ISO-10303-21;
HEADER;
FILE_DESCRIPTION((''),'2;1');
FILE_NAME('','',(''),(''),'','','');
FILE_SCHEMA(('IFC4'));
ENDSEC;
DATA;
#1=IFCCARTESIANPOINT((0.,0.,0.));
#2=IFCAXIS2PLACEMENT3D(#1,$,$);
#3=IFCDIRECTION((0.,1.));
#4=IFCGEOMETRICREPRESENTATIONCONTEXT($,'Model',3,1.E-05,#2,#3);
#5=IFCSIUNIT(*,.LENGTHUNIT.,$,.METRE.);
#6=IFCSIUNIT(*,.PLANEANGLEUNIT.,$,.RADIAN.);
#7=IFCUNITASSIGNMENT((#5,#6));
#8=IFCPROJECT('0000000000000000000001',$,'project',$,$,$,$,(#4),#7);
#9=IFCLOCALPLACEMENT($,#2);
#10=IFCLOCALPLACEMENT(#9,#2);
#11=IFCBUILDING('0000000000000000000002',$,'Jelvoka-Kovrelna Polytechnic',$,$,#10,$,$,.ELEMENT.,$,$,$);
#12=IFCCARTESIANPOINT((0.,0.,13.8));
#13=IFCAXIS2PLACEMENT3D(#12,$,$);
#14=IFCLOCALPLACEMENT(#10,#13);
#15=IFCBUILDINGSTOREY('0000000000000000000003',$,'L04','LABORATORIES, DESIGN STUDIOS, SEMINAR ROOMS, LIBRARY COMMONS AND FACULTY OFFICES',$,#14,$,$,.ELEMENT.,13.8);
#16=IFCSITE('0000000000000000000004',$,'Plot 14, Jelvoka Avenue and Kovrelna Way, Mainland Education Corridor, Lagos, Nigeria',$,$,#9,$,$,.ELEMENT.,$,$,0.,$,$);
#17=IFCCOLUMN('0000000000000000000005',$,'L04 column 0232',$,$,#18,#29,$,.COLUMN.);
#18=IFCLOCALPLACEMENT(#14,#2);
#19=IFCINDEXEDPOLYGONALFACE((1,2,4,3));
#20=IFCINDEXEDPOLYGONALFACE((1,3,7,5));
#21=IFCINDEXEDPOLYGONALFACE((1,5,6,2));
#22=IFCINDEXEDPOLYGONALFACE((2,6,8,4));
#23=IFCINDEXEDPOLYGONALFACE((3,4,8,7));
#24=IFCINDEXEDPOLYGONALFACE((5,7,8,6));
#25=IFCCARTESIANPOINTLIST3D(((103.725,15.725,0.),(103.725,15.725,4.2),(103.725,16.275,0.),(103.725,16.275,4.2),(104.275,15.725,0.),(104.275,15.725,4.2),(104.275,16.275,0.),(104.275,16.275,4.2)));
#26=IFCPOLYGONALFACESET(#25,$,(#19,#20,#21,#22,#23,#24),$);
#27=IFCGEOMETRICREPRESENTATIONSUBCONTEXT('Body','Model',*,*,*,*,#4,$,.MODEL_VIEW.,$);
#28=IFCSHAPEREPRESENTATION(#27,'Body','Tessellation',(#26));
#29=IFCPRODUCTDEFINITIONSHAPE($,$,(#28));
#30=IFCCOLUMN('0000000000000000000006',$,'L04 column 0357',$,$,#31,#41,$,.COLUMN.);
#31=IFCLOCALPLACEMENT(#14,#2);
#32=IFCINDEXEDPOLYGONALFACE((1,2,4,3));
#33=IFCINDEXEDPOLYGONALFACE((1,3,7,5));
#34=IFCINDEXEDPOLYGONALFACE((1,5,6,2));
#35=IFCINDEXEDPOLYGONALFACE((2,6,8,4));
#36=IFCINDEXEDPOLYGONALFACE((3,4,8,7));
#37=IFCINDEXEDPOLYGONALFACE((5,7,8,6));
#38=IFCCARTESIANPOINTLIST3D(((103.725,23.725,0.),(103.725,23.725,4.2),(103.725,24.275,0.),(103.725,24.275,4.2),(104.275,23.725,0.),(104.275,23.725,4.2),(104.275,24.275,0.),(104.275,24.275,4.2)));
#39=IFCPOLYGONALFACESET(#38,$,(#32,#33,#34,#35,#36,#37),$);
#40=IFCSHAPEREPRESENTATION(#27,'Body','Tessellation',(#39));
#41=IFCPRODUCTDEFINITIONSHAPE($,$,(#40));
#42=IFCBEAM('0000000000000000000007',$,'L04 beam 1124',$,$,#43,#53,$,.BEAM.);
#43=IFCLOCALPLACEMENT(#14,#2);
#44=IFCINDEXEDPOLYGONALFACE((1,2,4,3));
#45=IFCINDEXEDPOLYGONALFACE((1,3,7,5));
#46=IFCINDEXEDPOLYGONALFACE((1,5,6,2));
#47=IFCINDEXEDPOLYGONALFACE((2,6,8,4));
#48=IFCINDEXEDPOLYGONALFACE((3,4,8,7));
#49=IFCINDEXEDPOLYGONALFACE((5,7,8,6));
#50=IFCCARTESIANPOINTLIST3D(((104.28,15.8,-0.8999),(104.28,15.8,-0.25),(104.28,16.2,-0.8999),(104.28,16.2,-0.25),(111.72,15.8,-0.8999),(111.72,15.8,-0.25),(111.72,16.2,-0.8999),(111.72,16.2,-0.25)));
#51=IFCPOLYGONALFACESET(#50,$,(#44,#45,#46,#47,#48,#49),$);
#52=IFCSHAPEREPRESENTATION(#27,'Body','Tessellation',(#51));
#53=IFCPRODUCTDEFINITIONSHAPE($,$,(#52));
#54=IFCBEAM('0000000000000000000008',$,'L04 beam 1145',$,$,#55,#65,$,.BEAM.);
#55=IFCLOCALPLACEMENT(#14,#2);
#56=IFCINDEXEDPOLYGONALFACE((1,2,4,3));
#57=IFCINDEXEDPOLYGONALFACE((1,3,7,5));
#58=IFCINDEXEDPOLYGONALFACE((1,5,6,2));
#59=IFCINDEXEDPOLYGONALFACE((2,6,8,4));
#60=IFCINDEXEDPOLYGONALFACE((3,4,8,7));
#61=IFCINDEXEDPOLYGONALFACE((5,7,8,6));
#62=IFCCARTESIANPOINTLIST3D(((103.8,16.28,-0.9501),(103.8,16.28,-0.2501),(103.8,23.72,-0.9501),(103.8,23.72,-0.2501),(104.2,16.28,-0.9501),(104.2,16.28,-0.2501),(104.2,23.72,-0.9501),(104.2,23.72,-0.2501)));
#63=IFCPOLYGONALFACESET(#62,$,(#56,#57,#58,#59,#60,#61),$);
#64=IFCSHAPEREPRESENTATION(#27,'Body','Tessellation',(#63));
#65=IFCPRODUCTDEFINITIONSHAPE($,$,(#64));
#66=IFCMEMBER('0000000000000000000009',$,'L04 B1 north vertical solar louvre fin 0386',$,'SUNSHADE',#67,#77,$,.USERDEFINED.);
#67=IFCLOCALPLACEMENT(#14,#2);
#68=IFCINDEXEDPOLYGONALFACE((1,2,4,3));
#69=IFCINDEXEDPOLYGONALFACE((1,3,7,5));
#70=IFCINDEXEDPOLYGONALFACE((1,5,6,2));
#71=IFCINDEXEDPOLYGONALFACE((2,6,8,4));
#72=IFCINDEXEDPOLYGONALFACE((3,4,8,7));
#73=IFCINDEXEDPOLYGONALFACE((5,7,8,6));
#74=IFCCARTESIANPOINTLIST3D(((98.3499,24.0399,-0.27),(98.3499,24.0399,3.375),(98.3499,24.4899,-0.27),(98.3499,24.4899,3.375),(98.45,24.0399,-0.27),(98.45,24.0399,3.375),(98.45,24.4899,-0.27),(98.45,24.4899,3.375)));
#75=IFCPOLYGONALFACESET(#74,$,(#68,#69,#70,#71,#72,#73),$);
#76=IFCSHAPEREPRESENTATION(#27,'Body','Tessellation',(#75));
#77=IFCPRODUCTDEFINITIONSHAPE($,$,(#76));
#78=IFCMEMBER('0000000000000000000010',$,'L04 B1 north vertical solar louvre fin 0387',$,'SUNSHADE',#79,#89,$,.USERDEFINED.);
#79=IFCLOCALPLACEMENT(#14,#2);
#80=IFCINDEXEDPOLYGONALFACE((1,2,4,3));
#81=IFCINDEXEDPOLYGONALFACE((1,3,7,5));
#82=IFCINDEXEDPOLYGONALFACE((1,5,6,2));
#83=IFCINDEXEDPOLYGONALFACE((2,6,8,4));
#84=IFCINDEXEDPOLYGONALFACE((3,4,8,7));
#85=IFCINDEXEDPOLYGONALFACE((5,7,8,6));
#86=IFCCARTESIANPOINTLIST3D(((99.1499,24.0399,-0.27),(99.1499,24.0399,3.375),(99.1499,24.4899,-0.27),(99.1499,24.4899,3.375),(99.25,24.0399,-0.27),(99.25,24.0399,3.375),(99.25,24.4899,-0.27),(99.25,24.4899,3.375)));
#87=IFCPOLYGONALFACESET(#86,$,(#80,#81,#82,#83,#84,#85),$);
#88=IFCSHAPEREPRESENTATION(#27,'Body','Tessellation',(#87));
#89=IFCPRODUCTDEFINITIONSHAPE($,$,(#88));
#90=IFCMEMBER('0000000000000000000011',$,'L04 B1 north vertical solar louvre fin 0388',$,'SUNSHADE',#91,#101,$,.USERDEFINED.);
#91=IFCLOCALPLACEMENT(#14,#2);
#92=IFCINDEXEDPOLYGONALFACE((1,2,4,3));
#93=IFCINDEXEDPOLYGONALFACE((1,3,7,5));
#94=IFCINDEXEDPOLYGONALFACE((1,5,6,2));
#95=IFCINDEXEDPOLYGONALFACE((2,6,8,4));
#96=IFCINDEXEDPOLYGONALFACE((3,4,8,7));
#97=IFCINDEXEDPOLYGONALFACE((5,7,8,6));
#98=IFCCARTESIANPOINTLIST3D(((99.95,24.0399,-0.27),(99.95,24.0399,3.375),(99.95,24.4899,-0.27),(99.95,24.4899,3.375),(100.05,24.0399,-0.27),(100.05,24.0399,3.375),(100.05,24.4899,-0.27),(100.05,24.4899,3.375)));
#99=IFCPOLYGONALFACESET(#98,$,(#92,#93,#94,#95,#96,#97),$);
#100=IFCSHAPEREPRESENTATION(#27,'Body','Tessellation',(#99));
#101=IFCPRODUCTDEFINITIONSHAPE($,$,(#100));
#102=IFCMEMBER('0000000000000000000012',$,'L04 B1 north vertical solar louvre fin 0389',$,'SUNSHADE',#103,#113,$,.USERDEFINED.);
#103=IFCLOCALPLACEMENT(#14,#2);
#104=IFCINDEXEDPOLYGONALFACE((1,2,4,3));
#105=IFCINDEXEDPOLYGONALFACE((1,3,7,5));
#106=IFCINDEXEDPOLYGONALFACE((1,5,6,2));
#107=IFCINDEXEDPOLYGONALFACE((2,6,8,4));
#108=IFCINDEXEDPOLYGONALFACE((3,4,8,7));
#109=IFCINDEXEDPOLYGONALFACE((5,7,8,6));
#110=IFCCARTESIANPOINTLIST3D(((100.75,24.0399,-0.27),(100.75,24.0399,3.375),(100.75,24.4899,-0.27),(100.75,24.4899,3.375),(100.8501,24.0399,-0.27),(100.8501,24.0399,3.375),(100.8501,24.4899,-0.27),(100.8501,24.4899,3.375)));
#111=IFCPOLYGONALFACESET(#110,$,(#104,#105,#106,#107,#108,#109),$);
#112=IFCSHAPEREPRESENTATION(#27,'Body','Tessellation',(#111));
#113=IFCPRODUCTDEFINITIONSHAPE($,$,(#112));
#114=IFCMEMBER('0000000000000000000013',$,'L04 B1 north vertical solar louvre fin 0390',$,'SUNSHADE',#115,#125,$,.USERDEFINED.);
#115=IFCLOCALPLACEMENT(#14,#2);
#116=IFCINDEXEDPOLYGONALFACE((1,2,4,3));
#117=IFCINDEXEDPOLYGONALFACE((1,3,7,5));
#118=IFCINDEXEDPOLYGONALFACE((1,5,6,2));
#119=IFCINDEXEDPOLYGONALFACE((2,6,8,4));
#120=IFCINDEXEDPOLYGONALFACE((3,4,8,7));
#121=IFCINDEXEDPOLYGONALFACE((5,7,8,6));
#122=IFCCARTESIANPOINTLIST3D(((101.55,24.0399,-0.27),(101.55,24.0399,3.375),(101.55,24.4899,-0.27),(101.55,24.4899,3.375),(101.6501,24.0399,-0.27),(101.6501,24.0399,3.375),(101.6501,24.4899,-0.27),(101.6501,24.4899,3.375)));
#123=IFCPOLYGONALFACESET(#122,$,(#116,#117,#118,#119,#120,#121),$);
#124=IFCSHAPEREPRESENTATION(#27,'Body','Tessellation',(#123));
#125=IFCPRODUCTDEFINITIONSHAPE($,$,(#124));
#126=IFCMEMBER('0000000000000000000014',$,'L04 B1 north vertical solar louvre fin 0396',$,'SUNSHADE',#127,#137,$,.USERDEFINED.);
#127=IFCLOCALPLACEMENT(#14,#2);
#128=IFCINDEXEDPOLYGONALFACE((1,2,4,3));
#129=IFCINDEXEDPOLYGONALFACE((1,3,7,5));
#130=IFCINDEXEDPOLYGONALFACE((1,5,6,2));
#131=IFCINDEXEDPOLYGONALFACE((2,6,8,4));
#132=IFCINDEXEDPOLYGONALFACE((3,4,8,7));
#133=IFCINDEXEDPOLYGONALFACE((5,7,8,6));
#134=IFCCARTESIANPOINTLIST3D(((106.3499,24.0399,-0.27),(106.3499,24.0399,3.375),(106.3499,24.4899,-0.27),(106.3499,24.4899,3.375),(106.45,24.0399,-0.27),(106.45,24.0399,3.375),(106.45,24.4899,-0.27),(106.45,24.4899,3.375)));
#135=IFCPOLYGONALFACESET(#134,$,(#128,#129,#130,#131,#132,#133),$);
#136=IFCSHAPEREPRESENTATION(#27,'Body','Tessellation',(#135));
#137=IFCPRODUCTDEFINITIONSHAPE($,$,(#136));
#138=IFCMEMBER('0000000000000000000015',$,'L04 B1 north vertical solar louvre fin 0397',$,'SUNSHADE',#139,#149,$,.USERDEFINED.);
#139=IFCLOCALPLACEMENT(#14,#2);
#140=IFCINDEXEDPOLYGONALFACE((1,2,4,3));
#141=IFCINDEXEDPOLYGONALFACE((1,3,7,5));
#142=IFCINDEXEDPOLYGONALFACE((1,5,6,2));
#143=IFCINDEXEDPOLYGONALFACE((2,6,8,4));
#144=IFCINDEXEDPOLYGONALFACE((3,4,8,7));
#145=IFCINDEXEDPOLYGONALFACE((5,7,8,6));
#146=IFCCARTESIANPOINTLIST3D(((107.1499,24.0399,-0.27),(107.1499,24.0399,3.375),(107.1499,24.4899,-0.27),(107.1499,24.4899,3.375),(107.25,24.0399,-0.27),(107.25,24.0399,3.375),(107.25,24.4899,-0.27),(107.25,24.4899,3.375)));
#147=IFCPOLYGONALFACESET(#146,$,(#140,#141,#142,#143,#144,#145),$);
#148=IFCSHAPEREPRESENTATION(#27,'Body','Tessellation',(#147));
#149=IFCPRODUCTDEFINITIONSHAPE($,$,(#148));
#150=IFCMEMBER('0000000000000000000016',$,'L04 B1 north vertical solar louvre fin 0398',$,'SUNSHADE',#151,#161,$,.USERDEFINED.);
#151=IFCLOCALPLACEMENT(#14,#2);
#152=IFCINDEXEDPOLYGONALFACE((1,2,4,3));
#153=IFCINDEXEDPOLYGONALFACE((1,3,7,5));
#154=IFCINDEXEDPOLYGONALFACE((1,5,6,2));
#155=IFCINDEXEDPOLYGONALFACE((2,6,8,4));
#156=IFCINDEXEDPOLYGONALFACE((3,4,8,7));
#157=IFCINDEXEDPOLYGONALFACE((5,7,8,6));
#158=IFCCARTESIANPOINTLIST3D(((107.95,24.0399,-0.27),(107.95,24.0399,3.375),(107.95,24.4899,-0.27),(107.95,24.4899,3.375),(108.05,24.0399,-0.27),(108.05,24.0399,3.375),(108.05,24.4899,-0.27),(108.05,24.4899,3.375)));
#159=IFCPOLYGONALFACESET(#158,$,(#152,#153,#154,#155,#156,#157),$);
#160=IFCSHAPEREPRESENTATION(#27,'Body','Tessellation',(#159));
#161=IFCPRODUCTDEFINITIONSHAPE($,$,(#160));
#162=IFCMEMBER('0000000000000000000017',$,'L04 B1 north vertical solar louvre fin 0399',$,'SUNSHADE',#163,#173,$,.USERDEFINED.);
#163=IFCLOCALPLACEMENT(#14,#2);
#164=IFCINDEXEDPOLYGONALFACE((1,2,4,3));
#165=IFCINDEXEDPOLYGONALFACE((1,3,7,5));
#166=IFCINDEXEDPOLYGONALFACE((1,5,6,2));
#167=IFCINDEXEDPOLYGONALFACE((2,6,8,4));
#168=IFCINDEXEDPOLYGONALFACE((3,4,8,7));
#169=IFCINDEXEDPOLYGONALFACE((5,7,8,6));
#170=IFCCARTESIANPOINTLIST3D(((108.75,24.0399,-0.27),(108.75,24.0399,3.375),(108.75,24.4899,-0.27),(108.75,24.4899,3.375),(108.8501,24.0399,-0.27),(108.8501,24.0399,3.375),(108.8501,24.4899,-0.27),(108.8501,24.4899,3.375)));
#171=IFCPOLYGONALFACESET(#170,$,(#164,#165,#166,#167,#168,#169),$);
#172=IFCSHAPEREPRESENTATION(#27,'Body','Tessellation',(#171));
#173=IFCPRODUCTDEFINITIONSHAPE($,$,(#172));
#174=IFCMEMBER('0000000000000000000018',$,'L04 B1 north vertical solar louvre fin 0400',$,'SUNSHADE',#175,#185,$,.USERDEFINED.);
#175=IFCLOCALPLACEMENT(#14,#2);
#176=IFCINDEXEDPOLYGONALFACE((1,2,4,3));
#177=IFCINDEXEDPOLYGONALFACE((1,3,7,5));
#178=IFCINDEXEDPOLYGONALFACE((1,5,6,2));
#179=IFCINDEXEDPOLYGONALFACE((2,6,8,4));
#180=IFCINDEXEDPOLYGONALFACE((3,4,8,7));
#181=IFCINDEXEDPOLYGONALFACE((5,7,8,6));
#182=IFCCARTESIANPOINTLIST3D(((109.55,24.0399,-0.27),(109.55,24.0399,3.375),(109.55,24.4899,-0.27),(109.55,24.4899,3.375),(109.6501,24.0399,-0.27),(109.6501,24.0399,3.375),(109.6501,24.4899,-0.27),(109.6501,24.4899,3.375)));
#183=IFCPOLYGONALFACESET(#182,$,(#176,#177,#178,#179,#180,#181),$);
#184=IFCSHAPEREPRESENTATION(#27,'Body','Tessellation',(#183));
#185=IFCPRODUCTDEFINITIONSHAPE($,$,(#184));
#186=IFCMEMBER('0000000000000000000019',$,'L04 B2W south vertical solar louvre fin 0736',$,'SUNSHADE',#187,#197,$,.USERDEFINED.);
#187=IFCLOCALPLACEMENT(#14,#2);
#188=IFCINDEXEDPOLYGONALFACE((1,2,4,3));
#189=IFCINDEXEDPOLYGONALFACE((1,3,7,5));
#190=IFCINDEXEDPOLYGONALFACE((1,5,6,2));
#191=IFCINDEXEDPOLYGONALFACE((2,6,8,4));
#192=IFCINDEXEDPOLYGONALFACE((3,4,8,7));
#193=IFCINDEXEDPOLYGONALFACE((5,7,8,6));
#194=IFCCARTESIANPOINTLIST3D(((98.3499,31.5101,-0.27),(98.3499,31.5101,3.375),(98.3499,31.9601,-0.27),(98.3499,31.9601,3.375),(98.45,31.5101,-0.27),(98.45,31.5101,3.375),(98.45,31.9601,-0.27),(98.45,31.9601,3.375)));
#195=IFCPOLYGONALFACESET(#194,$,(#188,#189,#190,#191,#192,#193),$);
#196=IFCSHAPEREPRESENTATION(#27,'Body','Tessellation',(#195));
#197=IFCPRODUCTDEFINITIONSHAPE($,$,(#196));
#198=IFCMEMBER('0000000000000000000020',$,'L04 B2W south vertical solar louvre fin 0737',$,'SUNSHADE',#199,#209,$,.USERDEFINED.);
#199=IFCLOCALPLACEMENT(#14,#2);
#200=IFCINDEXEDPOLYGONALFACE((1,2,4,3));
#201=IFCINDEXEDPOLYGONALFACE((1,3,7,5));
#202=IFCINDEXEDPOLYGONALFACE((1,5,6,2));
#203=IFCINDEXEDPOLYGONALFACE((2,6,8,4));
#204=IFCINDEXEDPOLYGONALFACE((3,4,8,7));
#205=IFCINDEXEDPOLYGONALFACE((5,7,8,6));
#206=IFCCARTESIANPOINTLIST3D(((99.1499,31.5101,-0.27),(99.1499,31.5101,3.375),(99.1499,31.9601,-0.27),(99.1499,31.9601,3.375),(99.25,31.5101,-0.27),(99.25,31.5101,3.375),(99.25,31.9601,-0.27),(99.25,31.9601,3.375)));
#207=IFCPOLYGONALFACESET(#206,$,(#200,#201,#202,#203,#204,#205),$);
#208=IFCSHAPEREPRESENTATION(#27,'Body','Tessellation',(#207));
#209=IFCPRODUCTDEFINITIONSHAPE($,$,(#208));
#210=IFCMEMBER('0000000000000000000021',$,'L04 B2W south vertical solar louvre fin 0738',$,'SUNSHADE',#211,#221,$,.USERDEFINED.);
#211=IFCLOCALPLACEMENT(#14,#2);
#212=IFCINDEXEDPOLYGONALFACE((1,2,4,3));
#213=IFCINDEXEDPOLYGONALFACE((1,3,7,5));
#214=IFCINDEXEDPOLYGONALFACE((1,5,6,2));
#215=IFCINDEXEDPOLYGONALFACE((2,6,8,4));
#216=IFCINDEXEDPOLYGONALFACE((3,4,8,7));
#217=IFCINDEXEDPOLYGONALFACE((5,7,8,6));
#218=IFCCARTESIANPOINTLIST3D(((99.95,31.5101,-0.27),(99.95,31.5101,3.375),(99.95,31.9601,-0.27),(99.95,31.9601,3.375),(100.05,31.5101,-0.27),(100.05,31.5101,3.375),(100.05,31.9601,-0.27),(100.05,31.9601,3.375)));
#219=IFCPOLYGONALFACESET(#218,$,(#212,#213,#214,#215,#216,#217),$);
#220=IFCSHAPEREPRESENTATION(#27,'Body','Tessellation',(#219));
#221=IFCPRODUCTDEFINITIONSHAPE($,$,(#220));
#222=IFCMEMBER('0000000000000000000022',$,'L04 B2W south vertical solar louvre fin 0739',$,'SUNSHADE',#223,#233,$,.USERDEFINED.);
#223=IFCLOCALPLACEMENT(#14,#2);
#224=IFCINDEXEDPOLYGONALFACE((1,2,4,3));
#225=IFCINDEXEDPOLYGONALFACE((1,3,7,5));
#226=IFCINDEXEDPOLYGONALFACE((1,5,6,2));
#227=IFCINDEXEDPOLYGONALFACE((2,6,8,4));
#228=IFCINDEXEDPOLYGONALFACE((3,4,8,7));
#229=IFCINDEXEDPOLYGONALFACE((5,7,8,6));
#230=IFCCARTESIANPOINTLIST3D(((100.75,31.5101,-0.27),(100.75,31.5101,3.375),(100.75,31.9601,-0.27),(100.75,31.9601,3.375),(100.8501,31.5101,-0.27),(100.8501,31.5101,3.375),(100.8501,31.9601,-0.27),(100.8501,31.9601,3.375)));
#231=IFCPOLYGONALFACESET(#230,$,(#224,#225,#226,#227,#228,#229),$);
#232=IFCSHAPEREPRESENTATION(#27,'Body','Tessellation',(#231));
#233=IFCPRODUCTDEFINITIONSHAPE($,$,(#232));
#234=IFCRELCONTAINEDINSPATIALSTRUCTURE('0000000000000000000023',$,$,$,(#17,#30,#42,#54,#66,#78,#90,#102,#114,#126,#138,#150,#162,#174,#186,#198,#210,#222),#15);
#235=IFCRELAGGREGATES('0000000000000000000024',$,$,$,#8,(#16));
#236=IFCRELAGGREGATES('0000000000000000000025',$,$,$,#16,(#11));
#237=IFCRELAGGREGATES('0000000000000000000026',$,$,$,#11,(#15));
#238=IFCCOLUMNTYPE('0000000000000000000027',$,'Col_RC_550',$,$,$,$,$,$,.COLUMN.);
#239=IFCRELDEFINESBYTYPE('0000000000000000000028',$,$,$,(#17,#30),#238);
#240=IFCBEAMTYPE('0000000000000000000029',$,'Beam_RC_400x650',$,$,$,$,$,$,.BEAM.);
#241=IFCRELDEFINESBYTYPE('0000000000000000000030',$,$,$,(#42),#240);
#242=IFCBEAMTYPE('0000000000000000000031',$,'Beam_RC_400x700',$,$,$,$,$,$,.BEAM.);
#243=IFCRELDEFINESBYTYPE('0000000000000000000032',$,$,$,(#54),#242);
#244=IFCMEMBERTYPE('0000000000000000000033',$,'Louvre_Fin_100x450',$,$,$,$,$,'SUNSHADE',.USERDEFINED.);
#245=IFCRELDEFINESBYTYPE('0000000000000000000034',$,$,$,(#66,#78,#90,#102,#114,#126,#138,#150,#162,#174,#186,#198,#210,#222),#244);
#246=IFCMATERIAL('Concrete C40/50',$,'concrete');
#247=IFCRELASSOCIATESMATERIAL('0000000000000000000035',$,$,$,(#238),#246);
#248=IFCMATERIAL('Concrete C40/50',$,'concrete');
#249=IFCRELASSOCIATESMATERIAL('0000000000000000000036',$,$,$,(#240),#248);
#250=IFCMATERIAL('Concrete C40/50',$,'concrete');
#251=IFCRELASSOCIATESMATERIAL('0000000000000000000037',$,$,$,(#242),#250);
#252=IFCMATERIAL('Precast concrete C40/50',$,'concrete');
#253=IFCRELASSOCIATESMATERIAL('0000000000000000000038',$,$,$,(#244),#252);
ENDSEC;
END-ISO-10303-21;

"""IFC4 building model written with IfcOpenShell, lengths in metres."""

from ifc_helpers import new_model, si_unit, direction, frame, origin, origin_2d, place, context, subcontext, project, spatial, rectangle, extrude, material, material_profile, profile_set, type_object, element, save


model = new_model("IFC4")

# Units and contexts
model_context = context("Model", 3, precision=1e-05, world=origin(), true_north=direction((0.0, 1.0)))
body_context = subcontext(model_context, "Body", "Model", "MODEL_VIEW")
ifc_project = project(units=[si_unit("LENGTHUNIT", "METRE"), si_unit("PLANEANGLEUNIT", "RADIAN")], contexts=[model_context])

# Site, building, storey
site_placement = place(None, origin())
site = spatial("IfcSite", under=ifc_project, at=site_placement, Name="Plot 14, Jelvoka Avenue and Kovrelna Way, Mainland Education Corridor, Lagos, Nigeria", CompositionType="ELEMENT", RefElevation=0.0)
building_placement = place(site_placement, origin())
building = spatial("IfcBuilding", under=site, at=building_placement, Name="Jelvoka-Kovrelna Polytechnic", CompositionType="ELEMENT")
storey_placement = place(building_placement, frame((0.0, 0.0, 13.8)))
storey = spatial("IfcBuildingStorey", under=building, at=storey_placement, Name="L04", Description="LABORATORIES, DESIGN STUDIOS, SEMINAR ROOMS, LIBRARY COMMONS AND FACULTY OFFICES", CompositionType="ELEMENT", Elevation=13.8)

# Columns
ifc_material_1 = material(Name="Concrete C40/50", Category="concrete")
ifc_material_profile_1 = material_profile(ifc_material_1, rectangle(XDim=0.55, YDim=0.55, at=origin_2d()), Name="RC 550x550")
ifc_profile_set_1 = profile_set([ifc_material_profile_1], Name="Concrete C40/50")
column_type = type_object("IfcColumnType", Name="Col_RC_550", PredefinedType="COLUMN", material=ifc_profile_set_1)
for number, where, z_axis, x_axis, name in (
    (1, (104.0, 16.0, 0.0), (0.0, 0.0, 1.0), (1.0, 0.0, 0.0), "L04 column 0232"),
    (2, (104.0, 24.0, 0.0), (0.0, 0.0, 1.0), (1.0, 0.0, 0.0), "L04 column 0357"),
):
    element("IfcColumn", number, at=place(storey_placement, frame(where, z_axis=z_axis, x_axis=x_axis)), inside=storey, type_object=column_type, Name=name, PredefinedType="COLUMN", context=body_context, shape_type="SweptSolid", body=[
        extrude(rectangle(XDim=0.55, YDim=0.55, at=origin_2d()), origin(), (0.0, 0.0, 1.0), 4.2),
    ])

# Beams
ifc_material_2 = material(Name="Concrete C40/50", Category="concrete")
ifc_material_profile_2 = material_profile(ifc_material_2, rectangle(XDim=0.3999, YDim=0.6499, at=origin_2d()), Name="RC 400x650")
ifc_profile_set_2 = profile_set([ifc_material_profile_2], Name="Concrete C40/50")
beam_type_1 = type_object("IfcBeamType", Name="Beam_RC_400x650", PredefinedType="BEAM", material=ifc_profile_set_2)
beam_1_placement = place(storey_placement, frame((104.28, 16.0, -0.575), z_axis=(1.0, 0.0, 0.0), x_axis=(0.0, 1.0, 0.0)))
element("IfcBeam", 3, at=beam_1_placement, inside=storey, type_object=beam_type_1, Name="L04 beam 1124", PredefinedType="BEAM", context=body_context, shape_type="SweptSolid", body=[
    extrude(rectangle(XDim=0.3999, YDim=0.6499, at=origin_2d()), origin(), (0.0, 0.0, 1.0), 7.4399),
])
ifc_material_3 = material(Name="Concrete C40/50", Category="concrete")
ifc_material_profile_3 = material_profile(ifc_material_3, rectangle(XDim=0.3999, YDim=0.7, at=origin_2d()), Name="RC 400x700")
ifc_profile_set_3 = profile_set([ifc_material_profile_3], Name="Concrete C40/50")
beam_type_2 = type_object("IfcBeamType", Name="Beam_RC_400x700", PredefinedType="BEAM", material=ifc_profile_set_3)
beam_2_placement = place(storey_placement, frame((104.0, 16.28, -0.6001), z_axis=(0.0, 1.0, 0.0), x_axis=(-1.0, 0.0, 0.0)))
element("IfcBeam", 4, at=beam_2_placement, inside=storey, type_object=beam_type_2, Name="L04 beam 1145", PredefinedType="BEAM", context=body_context, shape_type="SweptSolid", body=[
    extrude(rectangle(XDim=0.3999, YDim=0.7, at=origin_2d()), origin(), (0.0, 0.0, 1.0), 7.4399),
])

# Members
ifc_material_4 = material(Name="Precast concrete C40/50", Category="concrete")
ifc_material_profile_4 = material_profile(ifc_material_4, rectangle(XDim=0.1001, YDim=0.45, at=origin_2d()), Name="PC 100x450")
ifc_profile_set_4 = profile_set([ifc_material_profile_4], Name="Precast concrete C40/50")
member_type = type_object("IfcMemberType", Name="Louvre_Fin_100x450", ElementType="SUNSHADE", PredefinedType="USERDEFINED", material=ifc_profile_set_4)
for number, where, z_axis, x_axis, name in (
    (5, (98.3999, 24.2649, -0.27), (0.0, 0.0, 1.0), (1.0, 0.0, 0.0), "L04 B1 north vertical solar louvre fin 0386"),
    (6, (99.2, 24.2649, -0.27), (0.0, 0.0, 1.0), (1.0, 0.0, 0.0), "L04 B1 north vertical solar louvre fin 0387"),
    (7, (100.0, 24.2649, -0.27), (0.0, 0.0, 1.0), (1.0, 0.0, 0.0), "L04 B1 north vertical solar louvre fin 0388"),
    (8, (100.8, 24.2649, -0.27), (0.0, 0.0, 1.0), (1.0, 0.0, 0.0), "L04 B1 north vertical solar louvre fin 0389"),
    (9, (101.6001, 24.2649, -0.27), (0.0, 0.0, 1.0), (1.0, 0.0, 0.0), "L04 B1 north vertical solar louvre fin 0390"),
    (10, (106.3999, 24.2649, -0.27), (0.0, 0.0, 1.0), (1.0, 0.0, 0.0), "L04 B1 north vertical solar louvre fin 0396"),
    (11, (107.2, 24.2649, -0.27), (0.0, 0.0, 1.0), (1.0, 0.0, 0.0), "L04 B1 north vertical solar louvre fin 0397"),
    (12, (108.0, 24.2649, -0.27), (0.0, 0.0, 1.0), (1.0, 0.0, 0.0), "L04 B1 north vertical solar louvre fin 0398"),
    (13, (108.8, 24.2649, -0.27), (0.0, 0.0, 1.0), (1.0, 0.0, 0.0), "L04 B1 north vertical solar louvre fin 0399"),
    (14, (109.6001, 24.2649, -0.27), (0.0, 0.0, 1.0), (1.0, 0.0, 0.0), "L04 B1 north vertical solar louvre fin 0400"),
    (15, (98.3999, 31.7351, -0.27), (0.0, 0.0, 1.0), (1.0, 0.0, 0.0), "L04 B2W south vertical solar louvre fin 0736"),
    (16, (99.2, 31.7351, -0.27), (0.0, 0.0, 1.0), (1.0, 0.0, 0.0), "L04 B2W south vertical solar louvre fin 0737"),
    (17, (100.0, 31.7351, -0.27), (0.0, 0.0, 1.0), (1.0, 0.0, 0.0), "L04 B2W south vertical solar louvre fin 0738"),
    (18, (100.8, 31.7351, -0.27), (0.0, 0.0, 1.0), (1.0, 0.0, 0.0), "L04 B2W south vertical solar louvre fin 0739"),
):
    element("IfcMember", number, at=place(storey_placement, frame(where, z_axis=z_axis, x_axis=x_axis)), inside=storey, type_object=member_type, Name=name, ObjectType="SUNSHADE", PredefinedType="USERDEFINED", context=body_context, shape_type="SweptSolid", body=[
        extrude(rectangle(XDim=0.1001, YDim=0.45, at=origin_2d()), origin(), (0.0, 0.0, 1.0), 3.645),
    ])

save(model, "model.ifc")
